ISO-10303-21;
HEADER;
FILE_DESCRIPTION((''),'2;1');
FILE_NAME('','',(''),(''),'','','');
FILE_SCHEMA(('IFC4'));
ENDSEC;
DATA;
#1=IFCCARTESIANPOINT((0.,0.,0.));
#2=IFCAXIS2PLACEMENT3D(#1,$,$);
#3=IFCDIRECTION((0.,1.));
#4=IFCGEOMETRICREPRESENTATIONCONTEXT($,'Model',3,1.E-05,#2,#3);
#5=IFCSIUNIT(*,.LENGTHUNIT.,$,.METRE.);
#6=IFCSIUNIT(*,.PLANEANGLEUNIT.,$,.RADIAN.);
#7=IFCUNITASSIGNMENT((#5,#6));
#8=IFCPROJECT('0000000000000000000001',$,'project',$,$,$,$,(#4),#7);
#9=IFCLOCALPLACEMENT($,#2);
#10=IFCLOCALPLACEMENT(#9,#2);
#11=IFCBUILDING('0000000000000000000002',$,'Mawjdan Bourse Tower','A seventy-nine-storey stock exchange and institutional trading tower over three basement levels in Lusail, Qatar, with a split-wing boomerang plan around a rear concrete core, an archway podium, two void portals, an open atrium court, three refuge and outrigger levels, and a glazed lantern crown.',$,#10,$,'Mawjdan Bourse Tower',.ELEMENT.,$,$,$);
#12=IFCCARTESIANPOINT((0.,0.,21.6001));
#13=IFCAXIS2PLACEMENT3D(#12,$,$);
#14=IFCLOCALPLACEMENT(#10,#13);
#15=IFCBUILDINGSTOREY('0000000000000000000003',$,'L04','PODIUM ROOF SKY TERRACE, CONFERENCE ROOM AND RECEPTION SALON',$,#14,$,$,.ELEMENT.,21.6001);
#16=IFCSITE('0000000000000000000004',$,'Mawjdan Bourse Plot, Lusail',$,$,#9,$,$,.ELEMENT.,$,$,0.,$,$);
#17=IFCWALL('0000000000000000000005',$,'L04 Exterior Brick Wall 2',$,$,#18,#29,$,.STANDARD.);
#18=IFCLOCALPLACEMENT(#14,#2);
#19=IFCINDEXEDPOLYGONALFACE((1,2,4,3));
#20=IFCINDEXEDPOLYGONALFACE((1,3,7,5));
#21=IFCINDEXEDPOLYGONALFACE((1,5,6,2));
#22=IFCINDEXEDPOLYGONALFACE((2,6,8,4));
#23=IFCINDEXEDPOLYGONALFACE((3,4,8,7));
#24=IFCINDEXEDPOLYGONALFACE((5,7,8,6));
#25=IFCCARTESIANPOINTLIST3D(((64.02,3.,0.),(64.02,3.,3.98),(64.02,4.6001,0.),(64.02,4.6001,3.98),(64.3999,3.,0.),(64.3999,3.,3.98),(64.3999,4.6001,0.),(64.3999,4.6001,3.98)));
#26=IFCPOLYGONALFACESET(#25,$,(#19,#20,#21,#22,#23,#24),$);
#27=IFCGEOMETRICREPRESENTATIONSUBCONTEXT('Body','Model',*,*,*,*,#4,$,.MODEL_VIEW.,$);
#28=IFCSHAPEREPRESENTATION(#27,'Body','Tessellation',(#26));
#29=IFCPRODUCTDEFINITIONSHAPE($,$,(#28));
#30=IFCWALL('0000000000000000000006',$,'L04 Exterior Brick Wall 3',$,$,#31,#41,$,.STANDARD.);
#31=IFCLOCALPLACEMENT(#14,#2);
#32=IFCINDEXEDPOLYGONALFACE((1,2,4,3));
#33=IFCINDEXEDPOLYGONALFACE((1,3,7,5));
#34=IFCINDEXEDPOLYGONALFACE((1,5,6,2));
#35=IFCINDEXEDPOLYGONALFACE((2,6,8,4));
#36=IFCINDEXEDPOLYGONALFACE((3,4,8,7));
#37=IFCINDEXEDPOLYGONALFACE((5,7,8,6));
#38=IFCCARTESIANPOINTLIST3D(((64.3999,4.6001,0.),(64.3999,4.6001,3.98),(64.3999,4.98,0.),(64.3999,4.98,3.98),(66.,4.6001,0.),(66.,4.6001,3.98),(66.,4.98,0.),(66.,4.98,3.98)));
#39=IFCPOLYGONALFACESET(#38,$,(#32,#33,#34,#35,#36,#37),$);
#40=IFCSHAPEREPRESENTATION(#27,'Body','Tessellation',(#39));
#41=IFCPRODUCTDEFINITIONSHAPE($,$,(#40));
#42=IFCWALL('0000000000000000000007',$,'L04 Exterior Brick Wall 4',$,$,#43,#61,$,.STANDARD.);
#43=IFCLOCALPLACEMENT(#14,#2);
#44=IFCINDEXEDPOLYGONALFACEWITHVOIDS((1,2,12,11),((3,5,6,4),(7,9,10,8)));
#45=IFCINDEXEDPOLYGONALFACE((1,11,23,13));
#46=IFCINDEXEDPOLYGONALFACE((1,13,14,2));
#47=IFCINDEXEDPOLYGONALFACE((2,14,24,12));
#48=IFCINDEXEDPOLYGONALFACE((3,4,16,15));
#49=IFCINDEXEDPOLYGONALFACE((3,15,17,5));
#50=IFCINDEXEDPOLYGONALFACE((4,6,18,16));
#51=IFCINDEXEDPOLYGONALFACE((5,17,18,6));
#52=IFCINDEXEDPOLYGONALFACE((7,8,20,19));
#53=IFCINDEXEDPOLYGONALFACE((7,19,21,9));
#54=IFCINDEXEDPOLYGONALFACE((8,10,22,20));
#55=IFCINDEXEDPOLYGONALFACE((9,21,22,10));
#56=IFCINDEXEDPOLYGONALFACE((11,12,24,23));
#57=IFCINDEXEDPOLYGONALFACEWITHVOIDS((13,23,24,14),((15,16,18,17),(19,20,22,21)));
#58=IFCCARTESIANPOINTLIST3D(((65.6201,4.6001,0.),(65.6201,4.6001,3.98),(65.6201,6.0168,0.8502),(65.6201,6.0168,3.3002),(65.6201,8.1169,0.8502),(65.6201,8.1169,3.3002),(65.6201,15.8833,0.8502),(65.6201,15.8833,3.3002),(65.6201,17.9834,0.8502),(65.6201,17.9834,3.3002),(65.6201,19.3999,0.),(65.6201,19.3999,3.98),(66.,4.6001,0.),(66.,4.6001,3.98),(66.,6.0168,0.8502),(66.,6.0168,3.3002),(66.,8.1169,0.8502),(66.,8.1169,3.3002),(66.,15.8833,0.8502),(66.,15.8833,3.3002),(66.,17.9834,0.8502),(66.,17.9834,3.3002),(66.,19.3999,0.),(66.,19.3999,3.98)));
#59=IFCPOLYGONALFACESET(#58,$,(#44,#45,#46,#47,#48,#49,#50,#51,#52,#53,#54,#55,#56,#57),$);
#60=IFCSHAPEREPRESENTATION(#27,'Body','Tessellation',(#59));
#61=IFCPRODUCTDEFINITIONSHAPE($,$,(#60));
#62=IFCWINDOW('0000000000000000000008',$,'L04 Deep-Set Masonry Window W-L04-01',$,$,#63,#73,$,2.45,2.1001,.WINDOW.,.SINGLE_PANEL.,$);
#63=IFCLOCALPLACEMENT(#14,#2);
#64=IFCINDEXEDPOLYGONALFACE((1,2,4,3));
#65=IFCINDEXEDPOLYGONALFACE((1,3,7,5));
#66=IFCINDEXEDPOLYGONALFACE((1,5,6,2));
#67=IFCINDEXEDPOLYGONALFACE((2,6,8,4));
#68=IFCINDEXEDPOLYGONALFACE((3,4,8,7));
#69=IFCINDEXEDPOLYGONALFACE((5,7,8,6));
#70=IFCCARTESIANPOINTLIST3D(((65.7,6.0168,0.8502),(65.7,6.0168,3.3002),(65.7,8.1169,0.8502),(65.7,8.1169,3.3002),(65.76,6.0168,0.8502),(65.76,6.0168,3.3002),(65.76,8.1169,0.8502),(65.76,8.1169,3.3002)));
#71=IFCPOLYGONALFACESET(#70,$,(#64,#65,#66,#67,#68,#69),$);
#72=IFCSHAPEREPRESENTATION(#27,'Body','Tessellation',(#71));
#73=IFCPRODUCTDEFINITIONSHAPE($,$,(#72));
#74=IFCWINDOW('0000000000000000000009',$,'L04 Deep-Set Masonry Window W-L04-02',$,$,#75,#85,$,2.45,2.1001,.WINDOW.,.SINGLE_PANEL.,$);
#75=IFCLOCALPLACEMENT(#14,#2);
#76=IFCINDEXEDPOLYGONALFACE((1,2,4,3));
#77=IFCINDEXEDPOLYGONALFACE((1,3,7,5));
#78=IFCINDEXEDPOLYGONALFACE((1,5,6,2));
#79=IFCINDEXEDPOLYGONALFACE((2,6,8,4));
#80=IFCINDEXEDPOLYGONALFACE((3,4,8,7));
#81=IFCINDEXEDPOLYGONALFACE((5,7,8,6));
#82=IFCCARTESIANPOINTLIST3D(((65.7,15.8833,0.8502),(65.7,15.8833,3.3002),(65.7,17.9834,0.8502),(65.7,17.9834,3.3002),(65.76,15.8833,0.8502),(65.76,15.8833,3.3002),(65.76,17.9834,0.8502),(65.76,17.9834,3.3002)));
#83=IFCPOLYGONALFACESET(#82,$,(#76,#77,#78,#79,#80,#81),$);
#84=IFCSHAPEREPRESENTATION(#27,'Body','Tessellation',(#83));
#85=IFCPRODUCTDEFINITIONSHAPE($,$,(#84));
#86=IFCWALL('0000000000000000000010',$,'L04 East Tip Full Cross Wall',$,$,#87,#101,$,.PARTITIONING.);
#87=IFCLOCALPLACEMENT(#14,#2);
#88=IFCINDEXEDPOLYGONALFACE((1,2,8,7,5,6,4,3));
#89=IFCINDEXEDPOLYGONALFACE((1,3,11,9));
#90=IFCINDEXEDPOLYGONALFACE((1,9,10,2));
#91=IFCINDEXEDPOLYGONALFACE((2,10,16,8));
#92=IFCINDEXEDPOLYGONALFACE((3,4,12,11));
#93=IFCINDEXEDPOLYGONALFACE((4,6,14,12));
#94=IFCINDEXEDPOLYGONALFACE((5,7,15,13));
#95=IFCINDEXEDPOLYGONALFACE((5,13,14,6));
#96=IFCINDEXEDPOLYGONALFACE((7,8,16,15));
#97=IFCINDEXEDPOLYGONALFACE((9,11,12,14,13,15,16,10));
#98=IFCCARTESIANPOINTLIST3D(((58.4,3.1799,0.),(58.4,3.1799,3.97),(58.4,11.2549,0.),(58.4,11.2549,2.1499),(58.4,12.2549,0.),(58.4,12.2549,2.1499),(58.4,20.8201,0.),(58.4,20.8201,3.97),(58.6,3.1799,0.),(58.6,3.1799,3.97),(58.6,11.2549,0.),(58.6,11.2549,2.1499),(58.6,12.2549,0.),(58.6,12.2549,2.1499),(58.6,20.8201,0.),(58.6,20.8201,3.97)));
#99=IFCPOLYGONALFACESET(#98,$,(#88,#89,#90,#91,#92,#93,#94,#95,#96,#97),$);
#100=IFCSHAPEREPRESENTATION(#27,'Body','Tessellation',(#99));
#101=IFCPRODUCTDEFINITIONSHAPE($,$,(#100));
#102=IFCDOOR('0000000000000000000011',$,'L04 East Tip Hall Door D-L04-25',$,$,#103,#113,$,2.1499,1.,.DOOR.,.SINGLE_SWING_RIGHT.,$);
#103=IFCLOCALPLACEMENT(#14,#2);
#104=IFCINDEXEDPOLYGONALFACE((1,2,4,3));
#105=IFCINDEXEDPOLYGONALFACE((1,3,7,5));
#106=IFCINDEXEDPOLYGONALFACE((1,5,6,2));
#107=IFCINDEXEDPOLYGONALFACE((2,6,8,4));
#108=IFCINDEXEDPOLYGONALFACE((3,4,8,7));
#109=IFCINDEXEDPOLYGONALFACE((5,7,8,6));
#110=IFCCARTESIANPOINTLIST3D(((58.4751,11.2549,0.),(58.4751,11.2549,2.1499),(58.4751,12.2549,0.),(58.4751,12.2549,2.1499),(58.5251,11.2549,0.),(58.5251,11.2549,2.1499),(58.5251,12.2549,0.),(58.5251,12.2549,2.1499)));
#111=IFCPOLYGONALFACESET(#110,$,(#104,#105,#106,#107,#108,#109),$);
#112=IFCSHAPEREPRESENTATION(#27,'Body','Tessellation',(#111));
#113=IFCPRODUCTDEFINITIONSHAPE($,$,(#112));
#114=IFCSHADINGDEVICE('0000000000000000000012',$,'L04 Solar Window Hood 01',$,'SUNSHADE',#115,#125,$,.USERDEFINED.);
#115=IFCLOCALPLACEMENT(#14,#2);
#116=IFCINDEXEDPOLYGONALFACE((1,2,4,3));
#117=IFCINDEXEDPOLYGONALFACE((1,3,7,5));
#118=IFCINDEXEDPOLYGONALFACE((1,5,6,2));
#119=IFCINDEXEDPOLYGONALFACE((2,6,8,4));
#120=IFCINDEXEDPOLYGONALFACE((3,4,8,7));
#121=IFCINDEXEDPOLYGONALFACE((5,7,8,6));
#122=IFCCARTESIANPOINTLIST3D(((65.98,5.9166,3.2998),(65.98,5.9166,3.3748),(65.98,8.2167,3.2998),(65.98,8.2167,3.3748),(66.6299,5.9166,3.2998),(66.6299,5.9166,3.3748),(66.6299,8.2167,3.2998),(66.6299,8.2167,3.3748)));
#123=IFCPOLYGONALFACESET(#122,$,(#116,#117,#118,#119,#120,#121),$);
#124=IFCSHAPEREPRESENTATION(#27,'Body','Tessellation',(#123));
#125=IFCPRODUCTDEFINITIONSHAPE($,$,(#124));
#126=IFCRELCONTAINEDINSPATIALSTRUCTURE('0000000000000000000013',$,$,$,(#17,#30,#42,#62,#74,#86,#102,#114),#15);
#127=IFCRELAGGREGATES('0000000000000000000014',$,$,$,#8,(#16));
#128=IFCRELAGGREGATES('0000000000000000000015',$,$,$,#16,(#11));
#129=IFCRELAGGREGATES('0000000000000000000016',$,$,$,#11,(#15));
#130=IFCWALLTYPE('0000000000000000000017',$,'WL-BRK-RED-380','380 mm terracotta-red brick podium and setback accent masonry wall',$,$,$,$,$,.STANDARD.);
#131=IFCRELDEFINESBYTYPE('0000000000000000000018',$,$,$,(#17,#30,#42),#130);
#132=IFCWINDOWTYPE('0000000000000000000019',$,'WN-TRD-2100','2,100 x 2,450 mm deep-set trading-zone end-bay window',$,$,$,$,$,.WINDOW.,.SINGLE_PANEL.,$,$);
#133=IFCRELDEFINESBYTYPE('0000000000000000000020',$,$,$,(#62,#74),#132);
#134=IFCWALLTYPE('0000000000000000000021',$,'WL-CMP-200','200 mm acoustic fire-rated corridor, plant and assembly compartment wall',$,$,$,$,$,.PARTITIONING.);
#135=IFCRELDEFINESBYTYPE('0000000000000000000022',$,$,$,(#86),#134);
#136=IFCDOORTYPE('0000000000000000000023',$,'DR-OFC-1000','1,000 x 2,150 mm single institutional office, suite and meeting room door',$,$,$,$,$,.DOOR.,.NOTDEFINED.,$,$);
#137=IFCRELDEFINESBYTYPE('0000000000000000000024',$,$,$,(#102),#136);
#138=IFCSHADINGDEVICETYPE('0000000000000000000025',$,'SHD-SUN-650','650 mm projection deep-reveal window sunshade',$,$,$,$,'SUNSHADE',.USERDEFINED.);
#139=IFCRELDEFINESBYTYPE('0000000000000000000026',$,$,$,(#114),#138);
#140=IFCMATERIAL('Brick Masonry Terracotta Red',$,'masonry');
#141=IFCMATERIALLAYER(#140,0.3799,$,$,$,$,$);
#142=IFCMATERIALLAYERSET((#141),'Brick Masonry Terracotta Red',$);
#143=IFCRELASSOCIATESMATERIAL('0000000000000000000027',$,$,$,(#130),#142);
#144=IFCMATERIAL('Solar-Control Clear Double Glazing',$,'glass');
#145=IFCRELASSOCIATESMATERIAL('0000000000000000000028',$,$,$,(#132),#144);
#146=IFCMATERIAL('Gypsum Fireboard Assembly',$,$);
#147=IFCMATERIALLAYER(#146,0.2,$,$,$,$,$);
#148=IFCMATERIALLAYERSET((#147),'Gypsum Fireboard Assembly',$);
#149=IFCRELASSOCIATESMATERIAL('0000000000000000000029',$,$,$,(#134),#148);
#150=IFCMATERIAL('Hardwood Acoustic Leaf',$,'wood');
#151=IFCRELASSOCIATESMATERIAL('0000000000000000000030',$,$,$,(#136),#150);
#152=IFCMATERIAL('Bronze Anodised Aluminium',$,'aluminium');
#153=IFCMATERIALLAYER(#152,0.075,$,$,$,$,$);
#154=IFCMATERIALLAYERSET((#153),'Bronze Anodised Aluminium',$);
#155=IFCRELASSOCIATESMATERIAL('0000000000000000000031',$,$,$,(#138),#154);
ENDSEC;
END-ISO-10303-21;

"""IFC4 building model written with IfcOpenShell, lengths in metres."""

from ifc_helpers import new_model, si_unit, direction, frame, frame_2d, origin, origin_2d, place, context, subcontext, project, spatial, rectangle, extrude, material, layer, layer_set, type_object, element, fill, save


model = new_model("IFC4")

# Units and contexts
model_context = context("Model", 3, precision=1e-05, world=origin(), true_north=direction((0.0, 1.0)))
body_context = subcontext(model_context, "Body", "Model", "MODEL_VIEW")
ifc_project = project(units=[si_unit("LENGTHUNIT", "METRE"), si_unit("PLANEANGLEUNIT", "RADIAN")], contexts=[model_context])

# Site, building, storey
site_placement = place(None, origin())
site = spatial("IfcSite", under=ifc_project, at=site_placement, Name="Mawjdan Bourse Plot, Lusail", CompositionType="ELEMENT", RefElevation=0.0)
building_placement = place(site_placement, origin())
building = spatial("IfcBuilding", under=site, at=building_placement, Name="Mawjdan Bourse Tower", Description="A seventy-nine-storey stock exchange and institutional trading tower over three basement levels in Lusail, Qatar, with a split-wing boomerang plan around a rear concrete core, an archway podium, two void portals, an open atrium court, three refuge and outrigger levels, and a glazed lantern crown.", LongName="Mawjdan Bourse Tower", CompositionType="ELEMENT")
storey_placement = place(building_placement, frame((0.0, 0.0, 21.6001)))
storey = spatial("IfcBuildingStorey", under=building, at=storey_placement, Name="L04", Description="PODIUM ROOF SKY TERRACE, CONFERENCE ROOM AND RECEPTION SALON", CompositionType="ELEMENT", Elevation=21.6001)

# Walls
ifc_material_1 = material(Name="Brick Masonry Terracotta Red", Category="masonry")
ifc_layer_1 = layer(ifc_material_1, 0.3799)
ifc_layer_set_1 = layer_set([ifc_layer_1], Name="Brick Masonry Terracotta Red")
wall_type_1 = type_object("IfcWallType", Name="WL-BRK-RED-380", Description="380 mm terracotta-red brick podium and setback accent masonry wall", PredefinedType="STANDARD", material=ifc_layer_set_1)
for number, where, z_axis, x_axis, name in (
    (1, (64.21, 3.0, 0.0), (0.0, 0.0, 1.0), (0.0, 1.0, 0.0), "L04 Exterior Brick Wall 2"),
    (2, (64.3999, 4.79, 0.0), (0.0, 0.0, 1.0), (1.0, 0.0, 0.0), "L04 Exterior Brick Wall 3"),
):
    element("IfcWall", number, at=place(storey_placement, frame(where, z_axis=z_axis, x_axis=x_axis)), inside=storey, type_object=wall_type_1, Name=name, PredefinedType="STANDARD", context=body_context, shape_type="SweptSolid", body=[
        extrude(rectangle(XDim=1.6001, YDim=0.3799, at=frame_2d((0.8, 0.0))), origin(), (0.0, 0.0, 1.0), 3.98),
    ])

# Wall, openings, windows
wall_1_placement = place(storey_placement, frame((65.8101, 4.6001, 0.0), z_axis=(0.0, 0.0, 1.0), x_axis=(0.0, 1.0, 0.0)))
wall_1 = element("IfcWall", 3, at=wall_1_placement, inside=storey, type_object=wall_type_1, Name="L04 Exterior Brick Wall 4", PredefinedType="STANDARD", context=body_context, shape_type="SweptSolid", body=[
    extrude(rectangle(XDim=14.7998, YDim=0.3799, at=frame_2d((7.3999, 0.0))), origin(), (0.0, 0.0, 1.0), 3.98),
])
opening_1_placement = place(wall_1_placement, frame((1.4167, 0.0, 0.8501)))
opening_1 = element("IfcOpeningElement", 4, at=opening_1_placement, cuts=wall_1, PredefinedType="OPENING", context=body_context, shape_type="SweptSolid", body=[
    extrude(rectangle(XDim=2.1001, YDim=2.45, at=frame_2d((1.05, 1.2251))), frame((0.0, 0.2, 0.0), z_axis=(0.0, -1.0, 0.0), x_axis=(1.0, 0.0, 0.0)), (0.0, 0.0, 1.0), 0.3999),
])
opening_2_placement = place(wall_1_placement, frame((11.2832, 0.0, 0.8501)))
opening_2 = element("IfcOpeningElement", 5, at=opening_2_placement, cuts=wall_1, PredefinedType="OPENING", context=body_context, shape_type="SweptSolid", body=[
    extrude(rectangle(XDim=2.1001, YDim=2.45, at=frame_2d((1.05, 1.2251))), frame((0.0, 0.2, 0.0), z_axis=(0.0, -1.0, 0.0), x_axis=(1.0, 0.0, 0.0)), (0.0, 0.0, 1.0), 0.3999),
])
ifc_material_2 = material(Name="Solar-Control Clear Double Glazing", Category="glass")
window_type = type_object("IfcWindowType", Name="WN-TRD-2100", Description="2,100 x 2,450 mm deep-set trading-zone end-bay window", PartitioningType="SINGLE_PANEL", PredefinedType="WINDOW", material=ifc_material_2)
window_1_placement = place(opening_1_placement, origin())
window_1 = element("IfcWindow", 6, at=window_1_placement, inside=storey, type_object=window_type, Name="L04 Deep-Set Masonry Window W-L04-01", OverallHeight=2.45, OverallWidth=2.1001, PartitioningType="SINGLE_PANEL", PredefinedType="WINDOW", context=body_context, shape_type="SweptSolid", body=[
    extrude(rectangle(XDim=2.1001, YDim=2.45, at=frame_2d((1.05, 1.2251))), frame((0.0, 0.1101, 0.0), z_axis=(0.0, -1.0, 0.0), x_axis=(1.0, 0.0, 0.0)), (0.0, 0.0, 1.0), 0.0601),
])
fill(opening_1, window_1)
window_2_placement = place(opening_2_placement, origin())
window_2 = element("IfcWindow", 7, at=window_2_placement, inside=storey, type_object=window_type, Name="L04 Deep-Set Masonry Window W-L04-02", OverallHeight=2.45, OverallWidth=2.1001, PartitioningType="SINGLE_PANEL", PredefinedType="WINDOW", context=body_context, shape_type="SweptSolid", body=[
    extrude(rectangle(XDim=2.1001, YDim=2.45, at=frame_2d((1.05, 1.2251))), frame((0.0, 0.1101, 0.0), z_axis=(0.0, -1.0, 0.0), x_axis=(1.0, 0.0, 0.0)), (0.0, 0.0, 1.0), 0.0601),
])
fill(opening_2, window_2)

# Wall, opening, door
ifc_material_3 = material(Name="Gypsum Fireboard Assembly")
ifc_layer_2 = layer(ifc_material_3, 0.2)
ifc_layer_set_2 = layer_set([ifc_layer_2], Name="Gypsum Fireboard Assembly")
wall_type_2 = type_object("IfcWallType", Name="WL-CMP-200", Description="200 mm acoustic fire-rated corridor, plant and assembly compartment wall", PredefinedType="PARTITIONING", material=ifc_layer_set_2)
wall_2_placement = place(storey_placement, frame((58.5, 3.1799, 0.0), z_axis=(0.0, 0.0, 1.0), x_axis=(0.0, 1.0, 0.0)))
wall_2 = element("IfcWall", 8, at=wall_2_placement, inside=storey, type_object=wall_type_2, Name="L04 East Tip Full Cross Wall", PredefinedType="PARTITIONING", context=body_context, shape_type="SweptSolid", body=[
    extrude(rectangle(XDim=17.6401, YDim=0.2, at=frame_2d((8.8201, 0.0))), origin(), (0.0, 0.0, 1.0), 3.97),
])
opening_3_placement = place(wall_2_placement, frame((8.075, 0.0, 0.0)))
opening_3 = element("IfcOpeningElement", 9, at=opening_3_placement, cuts=wall_2, PredefinedType="OPENING", context=body_context, shape_type="SweptSolid", body=[
    extrude(rectangle(XDim=1.0, YDim=2.1499, at=frame_2d((0.5, 1.075))), frame((0.0, 0.1099, 0.0), z_axis=(0.0, -1.0, 0.0), x_axis=(1.0, 0.0, 0.0)), (0.0, 0.0, 1.0), 0.22),
])
ifc_material_4 = material(Name="Hardwood Acoustic Leaf", Category="wood")
door_type = type_object("IfcDoorType", Name="DR-OFC-1000", Description="1,000 x 2,150 mm single institutional office, suite and meeting room door", OperationType="NOTDEFINED", PredefinedType="DOOR", material=ifc_material_4)
door_placement = place(opening_3_placement, origin())
door = element("IfcDoor", 10, at=door_placement, inside=storey, type_object=door_type, Name="L04 East Tip Hall Door D-L04-25", OperationType="SINGLE_SWING_RIGHT", OverallHeight=2.1499, OverallWidth=1.0, PredefinedType="DOOR", context=body_context, shape_type="SweptSolid", body=[
    extrude(rectangle(XDim=1.0, YDim=2.1499, at=frame_2d((0.5, 1.075))), frame((0.0, 0.0249, 0.0), z_axis=(0.0, -1.0, 0.0), x_axis=(1.0, 0.0, 0.0)), (0.0, 0.0, 1.0), 0.05),
])
fill(opening_3, door)

# Shading device
ifc_material_5 = material(Name="Bronze Anodised Aluminium", Category="aluminium")
ifc_layer_3 = layer(ifc_material_5, 0.075)
ifc_layer_set_3 = layer_set([ifc_layer_3], Name="Bronze Anodised Aluminium")
shading_device_type = type_object("IfcShadingDeviceType", Name="SHD-SUN-650", Description="650 mm projection deep-reveal window sunshade", ElementType="SUNSHADE", PredefinedType="USERDEFINED", material=ifc_layer_set_3)
shading_device_placement = place(storey_placement, frame((66.3049, 7.0667, 3.2998), z_axis=(0.0, 0.0, 1.0), x_axis=(0.0, 1.0, 0.0)))
element("IfcShadingDevice", 11, at=shading_device_placement, inside=storey, type_object=shading_device_type, Name="L04 Solar Window Hood 01", ObjectType="SUNSHADE", PredefinedType="USERDEFINED", context=body_context, shape_type="SweptSolid", body=[
    extrude(rectangle(XDim=2.3, YDim=0.6499, at=origin_2d()), origin(), (0.0, 0.0, 1.0), 0.075),
])

save(model, "model.ifc")
